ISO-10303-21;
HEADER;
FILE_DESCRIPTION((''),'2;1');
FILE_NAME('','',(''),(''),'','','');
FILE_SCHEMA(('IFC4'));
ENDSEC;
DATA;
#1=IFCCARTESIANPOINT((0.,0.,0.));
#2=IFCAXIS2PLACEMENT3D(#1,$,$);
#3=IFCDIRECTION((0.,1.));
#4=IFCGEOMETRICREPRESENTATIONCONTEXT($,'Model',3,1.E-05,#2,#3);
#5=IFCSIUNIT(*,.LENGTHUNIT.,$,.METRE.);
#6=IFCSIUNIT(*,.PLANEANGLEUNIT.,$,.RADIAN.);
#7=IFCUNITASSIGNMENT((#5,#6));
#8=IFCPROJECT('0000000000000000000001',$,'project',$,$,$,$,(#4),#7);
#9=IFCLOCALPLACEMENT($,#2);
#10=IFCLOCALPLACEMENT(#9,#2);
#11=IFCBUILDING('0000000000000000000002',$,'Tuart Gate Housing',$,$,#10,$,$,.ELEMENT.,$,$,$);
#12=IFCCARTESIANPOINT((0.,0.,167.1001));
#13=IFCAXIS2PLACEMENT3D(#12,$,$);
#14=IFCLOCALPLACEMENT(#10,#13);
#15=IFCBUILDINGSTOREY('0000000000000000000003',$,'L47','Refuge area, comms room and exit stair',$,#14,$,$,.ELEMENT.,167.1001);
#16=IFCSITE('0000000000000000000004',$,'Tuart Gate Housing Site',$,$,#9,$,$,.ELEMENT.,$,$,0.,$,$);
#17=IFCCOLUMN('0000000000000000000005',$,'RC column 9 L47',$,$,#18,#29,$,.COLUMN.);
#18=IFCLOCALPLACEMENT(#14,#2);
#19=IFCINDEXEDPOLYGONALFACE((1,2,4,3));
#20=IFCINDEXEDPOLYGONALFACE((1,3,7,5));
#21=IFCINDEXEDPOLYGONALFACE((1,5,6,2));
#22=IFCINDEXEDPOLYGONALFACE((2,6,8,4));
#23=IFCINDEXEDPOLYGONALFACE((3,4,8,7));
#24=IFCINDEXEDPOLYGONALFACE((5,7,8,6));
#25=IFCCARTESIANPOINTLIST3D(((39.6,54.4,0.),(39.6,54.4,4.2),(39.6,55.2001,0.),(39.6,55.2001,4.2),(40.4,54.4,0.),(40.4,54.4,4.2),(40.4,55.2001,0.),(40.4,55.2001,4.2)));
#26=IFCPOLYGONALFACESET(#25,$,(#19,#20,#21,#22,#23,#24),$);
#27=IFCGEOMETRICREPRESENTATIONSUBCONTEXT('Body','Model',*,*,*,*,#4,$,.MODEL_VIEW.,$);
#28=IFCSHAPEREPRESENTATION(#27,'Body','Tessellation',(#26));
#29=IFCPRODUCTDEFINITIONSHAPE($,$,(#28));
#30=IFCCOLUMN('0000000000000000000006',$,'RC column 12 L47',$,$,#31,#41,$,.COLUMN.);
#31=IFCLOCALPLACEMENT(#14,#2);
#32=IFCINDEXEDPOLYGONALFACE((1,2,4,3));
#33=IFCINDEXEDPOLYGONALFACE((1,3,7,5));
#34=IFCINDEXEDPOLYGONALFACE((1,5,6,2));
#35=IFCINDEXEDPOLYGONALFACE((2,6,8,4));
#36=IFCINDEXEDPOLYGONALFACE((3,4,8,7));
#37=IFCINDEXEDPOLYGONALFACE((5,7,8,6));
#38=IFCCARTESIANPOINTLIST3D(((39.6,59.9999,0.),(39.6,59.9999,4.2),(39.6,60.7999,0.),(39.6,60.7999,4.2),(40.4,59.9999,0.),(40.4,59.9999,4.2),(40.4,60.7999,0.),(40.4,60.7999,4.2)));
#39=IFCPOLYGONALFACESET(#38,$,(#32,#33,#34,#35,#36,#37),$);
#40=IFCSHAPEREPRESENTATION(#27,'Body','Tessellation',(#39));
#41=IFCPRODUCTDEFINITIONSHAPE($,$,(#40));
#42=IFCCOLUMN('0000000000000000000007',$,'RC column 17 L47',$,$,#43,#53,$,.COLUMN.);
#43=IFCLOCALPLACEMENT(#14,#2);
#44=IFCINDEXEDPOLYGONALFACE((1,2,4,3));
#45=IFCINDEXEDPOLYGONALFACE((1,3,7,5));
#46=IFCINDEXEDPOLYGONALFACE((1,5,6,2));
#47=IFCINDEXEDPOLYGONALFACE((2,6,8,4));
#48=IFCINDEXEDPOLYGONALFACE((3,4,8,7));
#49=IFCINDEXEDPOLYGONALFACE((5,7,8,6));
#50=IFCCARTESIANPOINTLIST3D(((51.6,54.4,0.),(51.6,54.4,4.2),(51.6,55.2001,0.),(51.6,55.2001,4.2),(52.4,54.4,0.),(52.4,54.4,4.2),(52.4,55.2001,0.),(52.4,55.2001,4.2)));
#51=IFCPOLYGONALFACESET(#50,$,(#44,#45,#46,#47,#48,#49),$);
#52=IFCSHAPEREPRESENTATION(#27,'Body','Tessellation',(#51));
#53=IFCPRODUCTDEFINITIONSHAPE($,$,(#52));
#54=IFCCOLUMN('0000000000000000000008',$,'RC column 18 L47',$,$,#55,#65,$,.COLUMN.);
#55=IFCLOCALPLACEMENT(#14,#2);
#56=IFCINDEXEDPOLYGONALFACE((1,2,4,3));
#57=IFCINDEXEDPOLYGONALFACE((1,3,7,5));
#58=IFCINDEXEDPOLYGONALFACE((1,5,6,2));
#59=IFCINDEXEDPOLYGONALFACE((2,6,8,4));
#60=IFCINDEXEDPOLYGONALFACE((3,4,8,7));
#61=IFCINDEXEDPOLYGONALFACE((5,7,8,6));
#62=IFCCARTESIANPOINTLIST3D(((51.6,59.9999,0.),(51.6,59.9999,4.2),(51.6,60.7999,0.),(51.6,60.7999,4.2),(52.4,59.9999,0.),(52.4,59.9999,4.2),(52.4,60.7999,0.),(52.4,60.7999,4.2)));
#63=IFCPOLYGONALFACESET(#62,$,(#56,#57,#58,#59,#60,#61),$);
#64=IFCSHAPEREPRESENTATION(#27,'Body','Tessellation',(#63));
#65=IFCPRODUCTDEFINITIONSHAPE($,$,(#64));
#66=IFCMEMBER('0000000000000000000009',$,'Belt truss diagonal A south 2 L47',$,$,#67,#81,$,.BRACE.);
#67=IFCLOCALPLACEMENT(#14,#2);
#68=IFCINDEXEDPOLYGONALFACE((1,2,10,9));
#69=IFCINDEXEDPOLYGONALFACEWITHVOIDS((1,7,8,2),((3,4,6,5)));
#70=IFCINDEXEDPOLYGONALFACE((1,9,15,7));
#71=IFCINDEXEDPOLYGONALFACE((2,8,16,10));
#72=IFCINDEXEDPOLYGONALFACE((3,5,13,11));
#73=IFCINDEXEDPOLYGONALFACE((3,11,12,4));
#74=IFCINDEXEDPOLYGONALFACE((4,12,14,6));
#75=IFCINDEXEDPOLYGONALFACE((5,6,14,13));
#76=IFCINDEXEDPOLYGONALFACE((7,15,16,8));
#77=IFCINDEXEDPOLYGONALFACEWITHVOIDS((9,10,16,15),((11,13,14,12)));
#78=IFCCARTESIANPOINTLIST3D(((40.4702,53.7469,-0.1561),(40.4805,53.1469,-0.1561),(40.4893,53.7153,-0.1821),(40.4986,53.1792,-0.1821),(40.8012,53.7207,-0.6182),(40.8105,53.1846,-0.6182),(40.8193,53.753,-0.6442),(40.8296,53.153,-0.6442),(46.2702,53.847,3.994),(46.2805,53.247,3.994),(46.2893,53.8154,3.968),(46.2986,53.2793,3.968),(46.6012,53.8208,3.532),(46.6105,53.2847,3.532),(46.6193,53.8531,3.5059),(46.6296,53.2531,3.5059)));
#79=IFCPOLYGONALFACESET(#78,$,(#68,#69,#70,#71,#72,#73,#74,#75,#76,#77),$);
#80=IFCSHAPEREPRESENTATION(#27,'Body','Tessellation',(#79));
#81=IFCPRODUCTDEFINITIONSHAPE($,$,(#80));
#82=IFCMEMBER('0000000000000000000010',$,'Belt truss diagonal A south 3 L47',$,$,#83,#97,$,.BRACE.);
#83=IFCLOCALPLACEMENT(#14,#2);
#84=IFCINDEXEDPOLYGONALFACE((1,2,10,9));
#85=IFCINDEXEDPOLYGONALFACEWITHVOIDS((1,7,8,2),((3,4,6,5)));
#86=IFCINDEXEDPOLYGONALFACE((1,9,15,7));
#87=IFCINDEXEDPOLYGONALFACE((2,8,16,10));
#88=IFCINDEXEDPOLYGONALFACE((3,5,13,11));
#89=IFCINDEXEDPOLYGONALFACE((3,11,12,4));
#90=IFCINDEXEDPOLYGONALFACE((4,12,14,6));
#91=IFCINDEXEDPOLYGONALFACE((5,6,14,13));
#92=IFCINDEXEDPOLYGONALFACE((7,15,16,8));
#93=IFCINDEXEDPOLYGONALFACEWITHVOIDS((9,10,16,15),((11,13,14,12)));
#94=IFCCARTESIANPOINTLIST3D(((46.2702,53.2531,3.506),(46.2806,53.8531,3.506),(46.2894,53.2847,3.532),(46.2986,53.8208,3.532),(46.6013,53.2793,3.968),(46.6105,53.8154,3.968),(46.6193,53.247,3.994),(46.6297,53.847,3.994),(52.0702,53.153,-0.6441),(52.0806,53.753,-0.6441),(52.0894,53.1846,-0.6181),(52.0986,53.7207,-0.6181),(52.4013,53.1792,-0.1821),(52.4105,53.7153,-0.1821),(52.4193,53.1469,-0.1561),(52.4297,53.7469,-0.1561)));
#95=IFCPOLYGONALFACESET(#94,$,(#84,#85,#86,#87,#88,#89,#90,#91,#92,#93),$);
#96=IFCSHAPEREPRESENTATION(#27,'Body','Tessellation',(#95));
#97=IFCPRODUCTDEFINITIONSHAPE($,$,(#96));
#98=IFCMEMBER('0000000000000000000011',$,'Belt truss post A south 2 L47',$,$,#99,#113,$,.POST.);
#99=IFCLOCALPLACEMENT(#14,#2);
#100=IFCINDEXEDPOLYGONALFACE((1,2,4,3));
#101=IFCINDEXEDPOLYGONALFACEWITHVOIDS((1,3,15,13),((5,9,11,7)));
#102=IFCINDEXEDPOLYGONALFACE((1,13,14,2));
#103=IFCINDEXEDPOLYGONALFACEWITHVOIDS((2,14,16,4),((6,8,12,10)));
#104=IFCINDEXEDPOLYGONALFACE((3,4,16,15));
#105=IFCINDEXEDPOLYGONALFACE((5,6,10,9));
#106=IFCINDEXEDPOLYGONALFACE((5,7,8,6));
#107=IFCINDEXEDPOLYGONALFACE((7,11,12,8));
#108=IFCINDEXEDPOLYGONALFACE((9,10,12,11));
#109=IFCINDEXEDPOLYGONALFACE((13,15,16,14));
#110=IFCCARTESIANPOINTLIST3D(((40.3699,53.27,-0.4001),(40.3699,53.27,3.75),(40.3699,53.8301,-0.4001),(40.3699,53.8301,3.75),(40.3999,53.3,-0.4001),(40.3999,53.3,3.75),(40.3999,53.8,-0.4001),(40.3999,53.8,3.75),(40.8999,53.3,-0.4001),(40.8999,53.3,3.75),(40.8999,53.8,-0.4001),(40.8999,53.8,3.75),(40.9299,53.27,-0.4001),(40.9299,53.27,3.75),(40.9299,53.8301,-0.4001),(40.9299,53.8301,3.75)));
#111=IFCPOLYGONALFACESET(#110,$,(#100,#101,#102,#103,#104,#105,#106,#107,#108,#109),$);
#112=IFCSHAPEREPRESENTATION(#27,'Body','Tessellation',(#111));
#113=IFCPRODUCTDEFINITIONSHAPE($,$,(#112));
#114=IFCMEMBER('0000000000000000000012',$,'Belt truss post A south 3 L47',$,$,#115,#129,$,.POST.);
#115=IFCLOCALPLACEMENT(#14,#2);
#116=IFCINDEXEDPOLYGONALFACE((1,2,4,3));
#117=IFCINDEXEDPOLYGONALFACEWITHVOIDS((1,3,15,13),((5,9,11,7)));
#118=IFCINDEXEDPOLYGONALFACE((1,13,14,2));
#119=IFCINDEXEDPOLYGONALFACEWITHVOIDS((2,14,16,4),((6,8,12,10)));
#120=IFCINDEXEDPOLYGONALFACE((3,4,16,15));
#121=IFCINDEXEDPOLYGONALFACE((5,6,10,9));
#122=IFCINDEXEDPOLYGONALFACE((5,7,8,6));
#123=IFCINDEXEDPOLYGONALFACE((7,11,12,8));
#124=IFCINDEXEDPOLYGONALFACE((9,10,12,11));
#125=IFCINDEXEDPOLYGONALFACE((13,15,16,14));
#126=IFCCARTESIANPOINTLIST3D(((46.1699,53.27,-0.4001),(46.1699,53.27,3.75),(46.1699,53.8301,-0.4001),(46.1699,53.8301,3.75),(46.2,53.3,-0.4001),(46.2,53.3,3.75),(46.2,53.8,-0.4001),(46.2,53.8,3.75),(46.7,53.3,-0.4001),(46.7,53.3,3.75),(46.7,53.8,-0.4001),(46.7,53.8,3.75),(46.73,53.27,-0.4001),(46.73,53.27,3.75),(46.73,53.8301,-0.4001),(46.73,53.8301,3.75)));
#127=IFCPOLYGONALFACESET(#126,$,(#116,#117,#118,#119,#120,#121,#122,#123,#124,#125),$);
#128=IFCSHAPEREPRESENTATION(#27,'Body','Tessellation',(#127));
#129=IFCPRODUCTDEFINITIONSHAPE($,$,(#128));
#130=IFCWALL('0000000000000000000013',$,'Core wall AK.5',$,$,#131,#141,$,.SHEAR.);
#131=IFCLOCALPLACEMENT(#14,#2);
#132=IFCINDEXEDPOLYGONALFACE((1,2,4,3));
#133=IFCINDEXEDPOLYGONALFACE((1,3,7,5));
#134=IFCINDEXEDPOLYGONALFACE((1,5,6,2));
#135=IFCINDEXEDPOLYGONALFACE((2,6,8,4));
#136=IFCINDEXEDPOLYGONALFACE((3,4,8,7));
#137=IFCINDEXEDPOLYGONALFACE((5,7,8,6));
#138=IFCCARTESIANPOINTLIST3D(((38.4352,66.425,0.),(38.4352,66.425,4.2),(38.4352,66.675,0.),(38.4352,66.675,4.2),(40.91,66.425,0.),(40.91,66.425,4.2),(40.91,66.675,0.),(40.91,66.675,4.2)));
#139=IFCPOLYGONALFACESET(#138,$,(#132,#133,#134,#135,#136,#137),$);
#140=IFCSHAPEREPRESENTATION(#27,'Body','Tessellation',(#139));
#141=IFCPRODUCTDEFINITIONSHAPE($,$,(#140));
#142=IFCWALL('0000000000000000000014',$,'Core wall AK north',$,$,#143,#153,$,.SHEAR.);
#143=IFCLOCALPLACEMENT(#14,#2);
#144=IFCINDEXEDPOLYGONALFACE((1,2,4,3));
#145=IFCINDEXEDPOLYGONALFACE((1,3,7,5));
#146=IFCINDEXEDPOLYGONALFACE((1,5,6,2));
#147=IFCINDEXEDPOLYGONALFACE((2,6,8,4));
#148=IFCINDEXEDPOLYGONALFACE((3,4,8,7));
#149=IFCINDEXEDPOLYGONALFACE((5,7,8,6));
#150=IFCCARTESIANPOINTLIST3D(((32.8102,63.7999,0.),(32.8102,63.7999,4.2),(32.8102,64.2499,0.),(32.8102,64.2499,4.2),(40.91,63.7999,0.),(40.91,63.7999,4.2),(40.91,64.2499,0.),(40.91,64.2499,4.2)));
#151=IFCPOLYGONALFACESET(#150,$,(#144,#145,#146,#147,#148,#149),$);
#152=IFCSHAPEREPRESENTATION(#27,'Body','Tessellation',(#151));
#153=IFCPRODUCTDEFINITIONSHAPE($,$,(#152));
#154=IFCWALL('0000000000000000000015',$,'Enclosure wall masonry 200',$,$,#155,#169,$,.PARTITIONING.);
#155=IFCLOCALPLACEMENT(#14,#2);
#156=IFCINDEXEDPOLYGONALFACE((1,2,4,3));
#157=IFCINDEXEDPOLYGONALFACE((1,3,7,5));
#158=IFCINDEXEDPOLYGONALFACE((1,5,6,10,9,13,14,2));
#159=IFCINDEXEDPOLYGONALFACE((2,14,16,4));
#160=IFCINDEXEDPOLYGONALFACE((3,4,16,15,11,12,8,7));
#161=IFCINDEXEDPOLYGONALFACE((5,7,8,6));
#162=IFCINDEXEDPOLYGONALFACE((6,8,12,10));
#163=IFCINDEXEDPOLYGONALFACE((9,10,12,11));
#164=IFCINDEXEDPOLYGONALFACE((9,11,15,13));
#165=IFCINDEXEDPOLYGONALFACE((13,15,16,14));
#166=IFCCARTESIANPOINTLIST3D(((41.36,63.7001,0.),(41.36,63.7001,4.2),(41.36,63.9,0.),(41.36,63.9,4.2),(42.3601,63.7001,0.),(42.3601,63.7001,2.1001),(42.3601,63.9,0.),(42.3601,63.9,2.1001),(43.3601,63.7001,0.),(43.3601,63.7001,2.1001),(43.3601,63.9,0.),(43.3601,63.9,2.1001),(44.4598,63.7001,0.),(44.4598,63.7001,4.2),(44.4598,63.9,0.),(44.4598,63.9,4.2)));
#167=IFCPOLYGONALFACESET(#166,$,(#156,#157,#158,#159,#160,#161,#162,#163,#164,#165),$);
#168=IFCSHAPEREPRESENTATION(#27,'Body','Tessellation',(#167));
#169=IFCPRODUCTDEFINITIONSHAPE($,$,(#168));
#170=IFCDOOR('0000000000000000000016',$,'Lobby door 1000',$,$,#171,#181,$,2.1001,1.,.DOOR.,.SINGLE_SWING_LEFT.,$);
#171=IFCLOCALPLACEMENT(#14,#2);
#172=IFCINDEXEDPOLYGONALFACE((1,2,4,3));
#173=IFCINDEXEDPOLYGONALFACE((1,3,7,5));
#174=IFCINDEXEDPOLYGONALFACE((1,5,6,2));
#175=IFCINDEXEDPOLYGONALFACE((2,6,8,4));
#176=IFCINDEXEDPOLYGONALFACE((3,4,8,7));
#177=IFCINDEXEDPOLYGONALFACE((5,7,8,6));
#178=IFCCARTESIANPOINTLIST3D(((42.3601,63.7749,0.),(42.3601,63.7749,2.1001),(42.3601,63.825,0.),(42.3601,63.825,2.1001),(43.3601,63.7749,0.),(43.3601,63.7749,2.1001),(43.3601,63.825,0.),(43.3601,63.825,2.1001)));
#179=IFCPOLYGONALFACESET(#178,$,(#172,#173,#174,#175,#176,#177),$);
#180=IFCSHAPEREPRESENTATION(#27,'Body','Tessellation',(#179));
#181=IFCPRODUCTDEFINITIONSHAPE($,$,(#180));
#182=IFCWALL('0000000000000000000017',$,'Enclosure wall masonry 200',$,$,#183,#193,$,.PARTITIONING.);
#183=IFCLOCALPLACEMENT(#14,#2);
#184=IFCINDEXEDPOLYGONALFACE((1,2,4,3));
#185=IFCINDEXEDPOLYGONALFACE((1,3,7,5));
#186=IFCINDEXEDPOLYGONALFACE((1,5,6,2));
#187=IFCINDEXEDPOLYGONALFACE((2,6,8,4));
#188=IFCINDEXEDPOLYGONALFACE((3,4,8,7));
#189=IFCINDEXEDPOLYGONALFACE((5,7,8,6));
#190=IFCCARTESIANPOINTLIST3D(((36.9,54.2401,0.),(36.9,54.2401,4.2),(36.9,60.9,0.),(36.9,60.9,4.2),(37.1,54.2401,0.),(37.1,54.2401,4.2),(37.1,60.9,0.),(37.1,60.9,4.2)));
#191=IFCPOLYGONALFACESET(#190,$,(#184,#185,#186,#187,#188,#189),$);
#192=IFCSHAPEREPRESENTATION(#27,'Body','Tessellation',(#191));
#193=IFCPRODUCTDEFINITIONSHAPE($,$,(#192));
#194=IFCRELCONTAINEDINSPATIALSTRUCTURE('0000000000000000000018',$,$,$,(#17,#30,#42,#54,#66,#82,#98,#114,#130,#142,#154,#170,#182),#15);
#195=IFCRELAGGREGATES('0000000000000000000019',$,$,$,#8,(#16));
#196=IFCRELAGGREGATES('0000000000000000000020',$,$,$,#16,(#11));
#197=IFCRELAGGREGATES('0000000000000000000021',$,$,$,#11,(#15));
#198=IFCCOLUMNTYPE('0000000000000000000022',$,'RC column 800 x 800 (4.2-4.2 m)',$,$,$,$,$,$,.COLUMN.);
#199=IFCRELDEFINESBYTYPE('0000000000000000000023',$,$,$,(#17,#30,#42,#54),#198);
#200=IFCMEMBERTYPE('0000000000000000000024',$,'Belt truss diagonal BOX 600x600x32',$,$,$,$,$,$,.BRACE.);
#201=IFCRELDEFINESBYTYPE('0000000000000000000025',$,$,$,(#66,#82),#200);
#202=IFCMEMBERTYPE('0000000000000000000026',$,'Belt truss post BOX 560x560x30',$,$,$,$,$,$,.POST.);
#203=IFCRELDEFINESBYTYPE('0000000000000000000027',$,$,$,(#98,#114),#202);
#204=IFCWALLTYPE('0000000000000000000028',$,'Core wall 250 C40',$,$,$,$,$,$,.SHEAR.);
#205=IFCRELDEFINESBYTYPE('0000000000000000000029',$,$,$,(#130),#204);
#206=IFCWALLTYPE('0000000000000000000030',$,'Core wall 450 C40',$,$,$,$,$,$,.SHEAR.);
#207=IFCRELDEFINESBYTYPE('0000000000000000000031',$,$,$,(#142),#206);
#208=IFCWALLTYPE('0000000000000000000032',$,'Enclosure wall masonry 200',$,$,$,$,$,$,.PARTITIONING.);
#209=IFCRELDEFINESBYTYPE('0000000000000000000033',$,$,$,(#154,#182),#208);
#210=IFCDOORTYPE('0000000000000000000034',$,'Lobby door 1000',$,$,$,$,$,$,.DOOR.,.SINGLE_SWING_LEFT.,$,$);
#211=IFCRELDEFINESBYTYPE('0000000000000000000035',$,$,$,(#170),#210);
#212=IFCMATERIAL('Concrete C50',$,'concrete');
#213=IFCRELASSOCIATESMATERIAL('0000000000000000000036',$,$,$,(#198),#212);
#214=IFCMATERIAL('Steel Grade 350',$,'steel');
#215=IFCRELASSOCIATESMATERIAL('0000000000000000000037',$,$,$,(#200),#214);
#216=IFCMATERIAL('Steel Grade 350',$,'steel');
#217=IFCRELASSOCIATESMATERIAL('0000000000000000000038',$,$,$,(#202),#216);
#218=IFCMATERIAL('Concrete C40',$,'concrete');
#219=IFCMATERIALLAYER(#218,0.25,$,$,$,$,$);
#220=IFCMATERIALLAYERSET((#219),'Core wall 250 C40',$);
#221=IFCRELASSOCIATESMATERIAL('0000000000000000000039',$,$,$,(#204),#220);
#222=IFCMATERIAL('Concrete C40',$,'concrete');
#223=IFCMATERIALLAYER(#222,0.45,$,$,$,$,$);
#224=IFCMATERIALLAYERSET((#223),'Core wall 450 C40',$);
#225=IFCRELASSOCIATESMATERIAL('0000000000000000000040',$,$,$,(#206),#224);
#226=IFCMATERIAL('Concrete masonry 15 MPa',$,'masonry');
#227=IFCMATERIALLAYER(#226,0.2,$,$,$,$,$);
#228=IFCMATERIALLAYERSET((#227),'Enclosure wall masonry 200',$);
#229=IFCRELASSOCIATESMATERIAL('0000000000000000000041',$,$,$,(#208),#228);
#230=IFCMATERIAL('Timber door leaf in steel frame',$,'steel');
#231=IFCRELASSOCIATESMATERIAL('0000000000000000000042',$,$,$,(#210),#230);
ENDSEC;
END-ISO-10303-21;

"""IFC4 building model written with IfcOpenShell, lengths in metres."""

from ifc_helpers import new_model, si_unit, direction, frame, frame_2d, origin, origin_2d, place, context, subcontext, project, spatial, rectangle, hollow_rectangle, extrude, material, layer, layer_set, material_profile, profile_set, type_object, element, fill, save


model = new_model("IFC4")

# Units and contexts
model_context = context("Model", 3, precision=1e-05, world=origin(), true_north=direction((0.0, 1.0)))
body_context = subcontext(model_context, "Body", "Model", "MODEL_VIEW")
ifc_project = project(units=[si_unit("LENGTHUNIT", "METRE"), si_unit("PLANEANGLEUNIT", "RADIAN")], contexts=[model_context])

# Site, building, storey
site_placement = place(None, origin())
site = spatial("IfcSite", under=ifc_project, at=site_placement, Name="Tuart Gate Housing Site", CompositionType="ELEMENT", RefElevation=0.0)
building_placement = place(site_placement, origin())
building = spatial("IfcBuilding", under=site, at=building_placement, Name="Tuart Gate Housing", CompositionType="ELEMENT")
storey_placement = place(building_placement, frame((0.0, 0.0, 167.1001)))
storey = spatial("IfcBuildingStorey", under=building, at=storey_placement, Name="L47", Description="Refuge area, comms room and exit stair", CompositionType="ELEMENT", Elevation=167.1001)

# Columns
ifc_material_1 = material(Name="Concrete C50", Category="concrete")
ifc_material_profile_1 = material_profile(ifc_material_1, rectangle(XDim=0.8, YDim=0.8, at=origin_2d()), Name="RC column 800 x 800 (4.2-4.2 m)")
ifc_profile_set_1 = profile_set([ifc_material_profile_1], Name="Concrete C50")
column_type = type_object("IfcColumnType", Name="RC column 800 x 800 (4.2-4.2 m)", PredefinedType="COLUMN", material=ifc_profile_set_1)
for number, where, z_axis, x_axis, name in (
    (1, (40.0, 54.8, 0.0), (0.0, 0.0, 1.0), (1.0, 0.0, 0.0), "RC column 9 L47"),
    (2, (40.0, 60.3999, 0.0), (0.0, 0.0, 1.0), (1.0, 0.0, 0.0), "RC column 12 L47"),
    (3, (52.0, 54.8, 0.0), (0.0, 0.0, 1.0), (1.0, 0.0, 0.0), "RC column 17 L47"),
    (4, (52.0, 60.3999, 0.0), (0.0, 0.0, 1.0), (1.0, 0.0, 0.0), "RC column 18 L47"),
):
    element("IfcColumn", number, at=place(storey_placement, frame(where, z_axis=z_axis, x_axis=x_axis)), inside=storey, type_object=column_type, Name=name, PredefinedType="COLUMN", context=body_context, shape_type="SweptSolid", body=[
        extrude(rectangle(XDim=0.8, YDim=0.8, at=origin_2d()), origin(), (0.0, 0.0, 1.0), 4.2),
    ])

# Members
ifc_material_2 = material(Name="Steel Grade 350", Category="steel")
ifc_material_profile_2 = material_profile(ifc_material_2, hollow_rectangle(XDim=0.6001, YDim=0.6001, WallThickness=0.032, at=origin_2d()), Name="BOX 600x600x32")
ifc_profile_set_2 = profile_set([ifc_material_profile_2], Name="Steel Grade 350")
member_type_1 = type_object("IfcMemberType", Name="Belt truss diagonal BOX 600x600x32", PredefinedType="BRACE", material=ifc_profile_set_2)
for number, where, z_axis, x_axis, name in (
    (5, (40.6499, 53.45, -0.4001), (0.813172, 0.014034, 0.581854), (-0.017256, 0.999851, 0.0), "Belt truss diagonal A south 2 L47"),
    (6, (46.45, 53.55, 3.75), (0.813172, -0.014034, -0.581854), (0.017256, 0.999851, 0.0), "Belt truss diagonal A south 3 L47"),
):
    element("IfcMember", number, at=place(storey_placement, frame(where, z_axis=z_axis, x_axis=x_axis)), inside=storey, type_object=member_type_1, Name=name, PredefinedType="BRACE", context=body_context, shape_type="SweptSolid", body=[
        extrude(hollow_rectangle(XDim=0.6001, YDim=0.6001, WallThickness=0.032, at=origin_2d()), origin(), (0.0, 0.0, 1.0), 7.1326),
    ])
ifc_material_3 = material(Name="Steel Grade 350", Category="steel")
ifc_material_profile_3 = material_profile(ifc_material_3, hollow_rectangle(XDim=0.5601, YDim=0.5601, WallThickness=0.03, at=origin_2d()), Name="BOX 560x560x30")
ifc_profile_set_3 = profile_set([ifc_material_profile_3], Name="Steel Grade 350")
member_type_2 = type_object("IfcMemberType", Name="Belt truss post BOX 560x560x30", PredefinedType="POST", material=ifc_profile_set_3)
for number, where, z_axis, x_axis, name in (
    (7, (40.6499, 53.55, -0.4001), (0.0, 0.0, 1.0), (1.0, 0.0, 0.0), "Belt truss post A south 2 L47"),
    (8, (46.45, 53.55, -0.4001), (0.0, 0.0, 1.0), (1.0, 0.0, 0.0), "Belt truss post A south 3 L47"),
):
    element("IfcMember", number, at=place(storey_placement, frame(where, z_axis=z_axis, x_axis=x_axis)), inside=storey, type_object=member_type_2, Name=name, PredefinedType="POST", context=body_context, shape_type="SweptSolid", body=[
        extrude(hollow_rectangle(XDim=0.5601, YDim=0.5601, WallThickness=0.03, at=origin_2d()), origin(), (0.0, 0.0, 1.0), 4.1501),
    ])

# Walls
ifc_material_4 = material(Name="Concrete C40", Category="concrete")
ifc_layer_1 = layer(ifc_material_4, 0.25)
ifc_layer_set_1 = layer_set([ifc_layer_1], Name="Core wall 250 C40")
wall_type_1 = type_object("IfcWallType", Name="Core wall 250 C40", PredefinedType="SHEAR", material=ifc_layer_set_1)
wall_1_placement = place(storey_placement, frame((40.9099, 66.55, 0.0), z_axis=(0.0, 0.0, 1.0), x_axis=(-1.0, 0.0, 0.0)))
element("IfcWall", 9, at=wall_1_placement, inside=storey, type_object=wall_type_1, Name="Core wall AK.5", PredefinedType="SHEAR", context=body_context, shape_type="SweptSolid", body=[
    extrude(rectangle(XDim=2.4749, YDim=0.25, at=frame_2d((1.2373, 0.0))), origin(), (0.0, 0.0, 1.0), 4.2),
])
ifc_material_5 = material(Name="Concrete C40", Category="concrete")
ifc_layer_2 = layer(ifc_material_5, 0.45)
ifc_layer_set_2 = layer_set([ifc_layer_2], Name="Core wall 450 C40")
wall_type_2 = type_object("IfcWallType", Name="Core wall 450 C40", PredefinedType="SHEAR", material=ifc_layer_set_2)
wall_2_placement = place(storey_placement, frame((40.9099, 64.0249, 0.0), z_axis=(0.0, 0.0, 1.0), x_axis=(-1.0, 0.0, 0.0)))
element("IfcWall", 10, at=wall_2_placement, inside=storey, type_object=wall_type_2, Name="Core wall AK north", PredefinedType="SHEAR", context=body_context, shape_type="SweptSolid", body=[
    extrude(rectangle(XDim=8.0999, YDim=0.45, at=frame_2d((4.0498, 0.0))), origin(), (0.0, 0.0, 1.0), 4.2),
])

# Wall, opening, door
ifc_material_6 = material(Name="Concrete masonry 15 MPa", Category="masonry")
ifc_layer_3 = layer(ifc_material_6, 0.2)
ifc_layer_set_3 = layer_set([ifc_layer_3], Name="Enclosure wall masonry 200")
wall_type_3 = type_object("IfcWallType", Name="Enclosure wall masonry 200", PredefinedType="PARTITIONING", material=ifc_layer_set_3)
wall_3_placement = place(storey_placement, frame((41.3601, 63.8, 0.0), z_axis=(0.0, 0.0, 1.0), x_axis=(1.0, 0.0, 0.0)))
wall_3 = element("IfcWall", 11, at=wall_3_placement, inside=storey, type_object=wall_type_3, Name="Enclosure wall masonry 200", PredefinedType="PARTITIONING", context=body_context, shape_type="SweptSolid", body=[
    extrude(rectangle(XDim=3.0999, YDim=0.2, at=frame_2d((1.5498, 0.0))), origin(), (0.0, 0.0, 1.0), 4.2),
])
opening_1_placement = place(wall_3_placement, frame((1.0, 0.0, 0.0)))
opening_1 = element("IfcOpeningElement", 12, at=opening_1_placement, cuts=wall_3, PredefinedType="OPENING", context=body_context, shape_type="SweptSolid", body=[
    extrude(rectangle(XDim=1.0, YDim=2.1001, at=frame_2d((0.5, 1.05))), frame((0.0, 0.1099, 0.0), z_axis=(0.0, -1.0, 0.0), x_axis=(1.0, 0.0, 0.0)), (0.0, 0.0, 1.0), 0.22),
])
ifc_material_7 = material(Name="Timber door leaf in steel frame", Category="steel")
door_type_1 = type_object("IfcDoorType", Name="Lobby door 1000", OperationType="SINGLE_SWING_LEFT", PredefinedType="DOOR", material=ifc_material_7)
door_1_placement = place(opening_1_placement, frame((1.0, 0.0, 0.0), z_axis=(0.0, 0.0, 1.0), x_axis=(-1.0, 0.0, 0.0)))
door_1 = element("IfcDoor", 13, at=door_1_placement, inside=storey, type_object=door_type_1, Name="Lobby door 1000", OperationType="SINGLE_SWING_LEFT", OverallHeight=2.1001, OverallWidth=1.0, PredefinedType="DOOR", context=body_context, shape_type="SweptSolid", body=[
    extrude(rectangle(XDim=1.0, YDim=2.1001, at=frame_2d((0.5, 1.05))), frame((0.0, 0.0251, 0.0), z_axis=(0.0, -1.0, 0.0), x_axis=(1.0, 0.0, 0.0)), (0.0, 0.0, 1.0), 0.05),
])
fill(opening_1, door_1)

# Wall
for number, where, z_axis, x_axis, name in (
    (14, (37.0, 54.24, 0.0), (0.0, 0.0, 1.0), (0.0, 1.0, 0.0), "Enclosure wall masonry 200"),
):
    element("IfcWall", number, at=place(storey_placement, frame(where, z_axis=z_axis, x_axis=x_axis)), inside=storey, type_object=wall_type_3, Name=name, PredefinedType="PARTITIONING", context=body_context, shape_type="SweptSolid", body=[
        extrude(rectangle(XDim=6.6599, YDim=0.2, at=frame_2d((3.3301, 0.0))), origin(), (0.0, 0.0, 1.0), 4.2),
    ])

save(model, "model.ifc")
